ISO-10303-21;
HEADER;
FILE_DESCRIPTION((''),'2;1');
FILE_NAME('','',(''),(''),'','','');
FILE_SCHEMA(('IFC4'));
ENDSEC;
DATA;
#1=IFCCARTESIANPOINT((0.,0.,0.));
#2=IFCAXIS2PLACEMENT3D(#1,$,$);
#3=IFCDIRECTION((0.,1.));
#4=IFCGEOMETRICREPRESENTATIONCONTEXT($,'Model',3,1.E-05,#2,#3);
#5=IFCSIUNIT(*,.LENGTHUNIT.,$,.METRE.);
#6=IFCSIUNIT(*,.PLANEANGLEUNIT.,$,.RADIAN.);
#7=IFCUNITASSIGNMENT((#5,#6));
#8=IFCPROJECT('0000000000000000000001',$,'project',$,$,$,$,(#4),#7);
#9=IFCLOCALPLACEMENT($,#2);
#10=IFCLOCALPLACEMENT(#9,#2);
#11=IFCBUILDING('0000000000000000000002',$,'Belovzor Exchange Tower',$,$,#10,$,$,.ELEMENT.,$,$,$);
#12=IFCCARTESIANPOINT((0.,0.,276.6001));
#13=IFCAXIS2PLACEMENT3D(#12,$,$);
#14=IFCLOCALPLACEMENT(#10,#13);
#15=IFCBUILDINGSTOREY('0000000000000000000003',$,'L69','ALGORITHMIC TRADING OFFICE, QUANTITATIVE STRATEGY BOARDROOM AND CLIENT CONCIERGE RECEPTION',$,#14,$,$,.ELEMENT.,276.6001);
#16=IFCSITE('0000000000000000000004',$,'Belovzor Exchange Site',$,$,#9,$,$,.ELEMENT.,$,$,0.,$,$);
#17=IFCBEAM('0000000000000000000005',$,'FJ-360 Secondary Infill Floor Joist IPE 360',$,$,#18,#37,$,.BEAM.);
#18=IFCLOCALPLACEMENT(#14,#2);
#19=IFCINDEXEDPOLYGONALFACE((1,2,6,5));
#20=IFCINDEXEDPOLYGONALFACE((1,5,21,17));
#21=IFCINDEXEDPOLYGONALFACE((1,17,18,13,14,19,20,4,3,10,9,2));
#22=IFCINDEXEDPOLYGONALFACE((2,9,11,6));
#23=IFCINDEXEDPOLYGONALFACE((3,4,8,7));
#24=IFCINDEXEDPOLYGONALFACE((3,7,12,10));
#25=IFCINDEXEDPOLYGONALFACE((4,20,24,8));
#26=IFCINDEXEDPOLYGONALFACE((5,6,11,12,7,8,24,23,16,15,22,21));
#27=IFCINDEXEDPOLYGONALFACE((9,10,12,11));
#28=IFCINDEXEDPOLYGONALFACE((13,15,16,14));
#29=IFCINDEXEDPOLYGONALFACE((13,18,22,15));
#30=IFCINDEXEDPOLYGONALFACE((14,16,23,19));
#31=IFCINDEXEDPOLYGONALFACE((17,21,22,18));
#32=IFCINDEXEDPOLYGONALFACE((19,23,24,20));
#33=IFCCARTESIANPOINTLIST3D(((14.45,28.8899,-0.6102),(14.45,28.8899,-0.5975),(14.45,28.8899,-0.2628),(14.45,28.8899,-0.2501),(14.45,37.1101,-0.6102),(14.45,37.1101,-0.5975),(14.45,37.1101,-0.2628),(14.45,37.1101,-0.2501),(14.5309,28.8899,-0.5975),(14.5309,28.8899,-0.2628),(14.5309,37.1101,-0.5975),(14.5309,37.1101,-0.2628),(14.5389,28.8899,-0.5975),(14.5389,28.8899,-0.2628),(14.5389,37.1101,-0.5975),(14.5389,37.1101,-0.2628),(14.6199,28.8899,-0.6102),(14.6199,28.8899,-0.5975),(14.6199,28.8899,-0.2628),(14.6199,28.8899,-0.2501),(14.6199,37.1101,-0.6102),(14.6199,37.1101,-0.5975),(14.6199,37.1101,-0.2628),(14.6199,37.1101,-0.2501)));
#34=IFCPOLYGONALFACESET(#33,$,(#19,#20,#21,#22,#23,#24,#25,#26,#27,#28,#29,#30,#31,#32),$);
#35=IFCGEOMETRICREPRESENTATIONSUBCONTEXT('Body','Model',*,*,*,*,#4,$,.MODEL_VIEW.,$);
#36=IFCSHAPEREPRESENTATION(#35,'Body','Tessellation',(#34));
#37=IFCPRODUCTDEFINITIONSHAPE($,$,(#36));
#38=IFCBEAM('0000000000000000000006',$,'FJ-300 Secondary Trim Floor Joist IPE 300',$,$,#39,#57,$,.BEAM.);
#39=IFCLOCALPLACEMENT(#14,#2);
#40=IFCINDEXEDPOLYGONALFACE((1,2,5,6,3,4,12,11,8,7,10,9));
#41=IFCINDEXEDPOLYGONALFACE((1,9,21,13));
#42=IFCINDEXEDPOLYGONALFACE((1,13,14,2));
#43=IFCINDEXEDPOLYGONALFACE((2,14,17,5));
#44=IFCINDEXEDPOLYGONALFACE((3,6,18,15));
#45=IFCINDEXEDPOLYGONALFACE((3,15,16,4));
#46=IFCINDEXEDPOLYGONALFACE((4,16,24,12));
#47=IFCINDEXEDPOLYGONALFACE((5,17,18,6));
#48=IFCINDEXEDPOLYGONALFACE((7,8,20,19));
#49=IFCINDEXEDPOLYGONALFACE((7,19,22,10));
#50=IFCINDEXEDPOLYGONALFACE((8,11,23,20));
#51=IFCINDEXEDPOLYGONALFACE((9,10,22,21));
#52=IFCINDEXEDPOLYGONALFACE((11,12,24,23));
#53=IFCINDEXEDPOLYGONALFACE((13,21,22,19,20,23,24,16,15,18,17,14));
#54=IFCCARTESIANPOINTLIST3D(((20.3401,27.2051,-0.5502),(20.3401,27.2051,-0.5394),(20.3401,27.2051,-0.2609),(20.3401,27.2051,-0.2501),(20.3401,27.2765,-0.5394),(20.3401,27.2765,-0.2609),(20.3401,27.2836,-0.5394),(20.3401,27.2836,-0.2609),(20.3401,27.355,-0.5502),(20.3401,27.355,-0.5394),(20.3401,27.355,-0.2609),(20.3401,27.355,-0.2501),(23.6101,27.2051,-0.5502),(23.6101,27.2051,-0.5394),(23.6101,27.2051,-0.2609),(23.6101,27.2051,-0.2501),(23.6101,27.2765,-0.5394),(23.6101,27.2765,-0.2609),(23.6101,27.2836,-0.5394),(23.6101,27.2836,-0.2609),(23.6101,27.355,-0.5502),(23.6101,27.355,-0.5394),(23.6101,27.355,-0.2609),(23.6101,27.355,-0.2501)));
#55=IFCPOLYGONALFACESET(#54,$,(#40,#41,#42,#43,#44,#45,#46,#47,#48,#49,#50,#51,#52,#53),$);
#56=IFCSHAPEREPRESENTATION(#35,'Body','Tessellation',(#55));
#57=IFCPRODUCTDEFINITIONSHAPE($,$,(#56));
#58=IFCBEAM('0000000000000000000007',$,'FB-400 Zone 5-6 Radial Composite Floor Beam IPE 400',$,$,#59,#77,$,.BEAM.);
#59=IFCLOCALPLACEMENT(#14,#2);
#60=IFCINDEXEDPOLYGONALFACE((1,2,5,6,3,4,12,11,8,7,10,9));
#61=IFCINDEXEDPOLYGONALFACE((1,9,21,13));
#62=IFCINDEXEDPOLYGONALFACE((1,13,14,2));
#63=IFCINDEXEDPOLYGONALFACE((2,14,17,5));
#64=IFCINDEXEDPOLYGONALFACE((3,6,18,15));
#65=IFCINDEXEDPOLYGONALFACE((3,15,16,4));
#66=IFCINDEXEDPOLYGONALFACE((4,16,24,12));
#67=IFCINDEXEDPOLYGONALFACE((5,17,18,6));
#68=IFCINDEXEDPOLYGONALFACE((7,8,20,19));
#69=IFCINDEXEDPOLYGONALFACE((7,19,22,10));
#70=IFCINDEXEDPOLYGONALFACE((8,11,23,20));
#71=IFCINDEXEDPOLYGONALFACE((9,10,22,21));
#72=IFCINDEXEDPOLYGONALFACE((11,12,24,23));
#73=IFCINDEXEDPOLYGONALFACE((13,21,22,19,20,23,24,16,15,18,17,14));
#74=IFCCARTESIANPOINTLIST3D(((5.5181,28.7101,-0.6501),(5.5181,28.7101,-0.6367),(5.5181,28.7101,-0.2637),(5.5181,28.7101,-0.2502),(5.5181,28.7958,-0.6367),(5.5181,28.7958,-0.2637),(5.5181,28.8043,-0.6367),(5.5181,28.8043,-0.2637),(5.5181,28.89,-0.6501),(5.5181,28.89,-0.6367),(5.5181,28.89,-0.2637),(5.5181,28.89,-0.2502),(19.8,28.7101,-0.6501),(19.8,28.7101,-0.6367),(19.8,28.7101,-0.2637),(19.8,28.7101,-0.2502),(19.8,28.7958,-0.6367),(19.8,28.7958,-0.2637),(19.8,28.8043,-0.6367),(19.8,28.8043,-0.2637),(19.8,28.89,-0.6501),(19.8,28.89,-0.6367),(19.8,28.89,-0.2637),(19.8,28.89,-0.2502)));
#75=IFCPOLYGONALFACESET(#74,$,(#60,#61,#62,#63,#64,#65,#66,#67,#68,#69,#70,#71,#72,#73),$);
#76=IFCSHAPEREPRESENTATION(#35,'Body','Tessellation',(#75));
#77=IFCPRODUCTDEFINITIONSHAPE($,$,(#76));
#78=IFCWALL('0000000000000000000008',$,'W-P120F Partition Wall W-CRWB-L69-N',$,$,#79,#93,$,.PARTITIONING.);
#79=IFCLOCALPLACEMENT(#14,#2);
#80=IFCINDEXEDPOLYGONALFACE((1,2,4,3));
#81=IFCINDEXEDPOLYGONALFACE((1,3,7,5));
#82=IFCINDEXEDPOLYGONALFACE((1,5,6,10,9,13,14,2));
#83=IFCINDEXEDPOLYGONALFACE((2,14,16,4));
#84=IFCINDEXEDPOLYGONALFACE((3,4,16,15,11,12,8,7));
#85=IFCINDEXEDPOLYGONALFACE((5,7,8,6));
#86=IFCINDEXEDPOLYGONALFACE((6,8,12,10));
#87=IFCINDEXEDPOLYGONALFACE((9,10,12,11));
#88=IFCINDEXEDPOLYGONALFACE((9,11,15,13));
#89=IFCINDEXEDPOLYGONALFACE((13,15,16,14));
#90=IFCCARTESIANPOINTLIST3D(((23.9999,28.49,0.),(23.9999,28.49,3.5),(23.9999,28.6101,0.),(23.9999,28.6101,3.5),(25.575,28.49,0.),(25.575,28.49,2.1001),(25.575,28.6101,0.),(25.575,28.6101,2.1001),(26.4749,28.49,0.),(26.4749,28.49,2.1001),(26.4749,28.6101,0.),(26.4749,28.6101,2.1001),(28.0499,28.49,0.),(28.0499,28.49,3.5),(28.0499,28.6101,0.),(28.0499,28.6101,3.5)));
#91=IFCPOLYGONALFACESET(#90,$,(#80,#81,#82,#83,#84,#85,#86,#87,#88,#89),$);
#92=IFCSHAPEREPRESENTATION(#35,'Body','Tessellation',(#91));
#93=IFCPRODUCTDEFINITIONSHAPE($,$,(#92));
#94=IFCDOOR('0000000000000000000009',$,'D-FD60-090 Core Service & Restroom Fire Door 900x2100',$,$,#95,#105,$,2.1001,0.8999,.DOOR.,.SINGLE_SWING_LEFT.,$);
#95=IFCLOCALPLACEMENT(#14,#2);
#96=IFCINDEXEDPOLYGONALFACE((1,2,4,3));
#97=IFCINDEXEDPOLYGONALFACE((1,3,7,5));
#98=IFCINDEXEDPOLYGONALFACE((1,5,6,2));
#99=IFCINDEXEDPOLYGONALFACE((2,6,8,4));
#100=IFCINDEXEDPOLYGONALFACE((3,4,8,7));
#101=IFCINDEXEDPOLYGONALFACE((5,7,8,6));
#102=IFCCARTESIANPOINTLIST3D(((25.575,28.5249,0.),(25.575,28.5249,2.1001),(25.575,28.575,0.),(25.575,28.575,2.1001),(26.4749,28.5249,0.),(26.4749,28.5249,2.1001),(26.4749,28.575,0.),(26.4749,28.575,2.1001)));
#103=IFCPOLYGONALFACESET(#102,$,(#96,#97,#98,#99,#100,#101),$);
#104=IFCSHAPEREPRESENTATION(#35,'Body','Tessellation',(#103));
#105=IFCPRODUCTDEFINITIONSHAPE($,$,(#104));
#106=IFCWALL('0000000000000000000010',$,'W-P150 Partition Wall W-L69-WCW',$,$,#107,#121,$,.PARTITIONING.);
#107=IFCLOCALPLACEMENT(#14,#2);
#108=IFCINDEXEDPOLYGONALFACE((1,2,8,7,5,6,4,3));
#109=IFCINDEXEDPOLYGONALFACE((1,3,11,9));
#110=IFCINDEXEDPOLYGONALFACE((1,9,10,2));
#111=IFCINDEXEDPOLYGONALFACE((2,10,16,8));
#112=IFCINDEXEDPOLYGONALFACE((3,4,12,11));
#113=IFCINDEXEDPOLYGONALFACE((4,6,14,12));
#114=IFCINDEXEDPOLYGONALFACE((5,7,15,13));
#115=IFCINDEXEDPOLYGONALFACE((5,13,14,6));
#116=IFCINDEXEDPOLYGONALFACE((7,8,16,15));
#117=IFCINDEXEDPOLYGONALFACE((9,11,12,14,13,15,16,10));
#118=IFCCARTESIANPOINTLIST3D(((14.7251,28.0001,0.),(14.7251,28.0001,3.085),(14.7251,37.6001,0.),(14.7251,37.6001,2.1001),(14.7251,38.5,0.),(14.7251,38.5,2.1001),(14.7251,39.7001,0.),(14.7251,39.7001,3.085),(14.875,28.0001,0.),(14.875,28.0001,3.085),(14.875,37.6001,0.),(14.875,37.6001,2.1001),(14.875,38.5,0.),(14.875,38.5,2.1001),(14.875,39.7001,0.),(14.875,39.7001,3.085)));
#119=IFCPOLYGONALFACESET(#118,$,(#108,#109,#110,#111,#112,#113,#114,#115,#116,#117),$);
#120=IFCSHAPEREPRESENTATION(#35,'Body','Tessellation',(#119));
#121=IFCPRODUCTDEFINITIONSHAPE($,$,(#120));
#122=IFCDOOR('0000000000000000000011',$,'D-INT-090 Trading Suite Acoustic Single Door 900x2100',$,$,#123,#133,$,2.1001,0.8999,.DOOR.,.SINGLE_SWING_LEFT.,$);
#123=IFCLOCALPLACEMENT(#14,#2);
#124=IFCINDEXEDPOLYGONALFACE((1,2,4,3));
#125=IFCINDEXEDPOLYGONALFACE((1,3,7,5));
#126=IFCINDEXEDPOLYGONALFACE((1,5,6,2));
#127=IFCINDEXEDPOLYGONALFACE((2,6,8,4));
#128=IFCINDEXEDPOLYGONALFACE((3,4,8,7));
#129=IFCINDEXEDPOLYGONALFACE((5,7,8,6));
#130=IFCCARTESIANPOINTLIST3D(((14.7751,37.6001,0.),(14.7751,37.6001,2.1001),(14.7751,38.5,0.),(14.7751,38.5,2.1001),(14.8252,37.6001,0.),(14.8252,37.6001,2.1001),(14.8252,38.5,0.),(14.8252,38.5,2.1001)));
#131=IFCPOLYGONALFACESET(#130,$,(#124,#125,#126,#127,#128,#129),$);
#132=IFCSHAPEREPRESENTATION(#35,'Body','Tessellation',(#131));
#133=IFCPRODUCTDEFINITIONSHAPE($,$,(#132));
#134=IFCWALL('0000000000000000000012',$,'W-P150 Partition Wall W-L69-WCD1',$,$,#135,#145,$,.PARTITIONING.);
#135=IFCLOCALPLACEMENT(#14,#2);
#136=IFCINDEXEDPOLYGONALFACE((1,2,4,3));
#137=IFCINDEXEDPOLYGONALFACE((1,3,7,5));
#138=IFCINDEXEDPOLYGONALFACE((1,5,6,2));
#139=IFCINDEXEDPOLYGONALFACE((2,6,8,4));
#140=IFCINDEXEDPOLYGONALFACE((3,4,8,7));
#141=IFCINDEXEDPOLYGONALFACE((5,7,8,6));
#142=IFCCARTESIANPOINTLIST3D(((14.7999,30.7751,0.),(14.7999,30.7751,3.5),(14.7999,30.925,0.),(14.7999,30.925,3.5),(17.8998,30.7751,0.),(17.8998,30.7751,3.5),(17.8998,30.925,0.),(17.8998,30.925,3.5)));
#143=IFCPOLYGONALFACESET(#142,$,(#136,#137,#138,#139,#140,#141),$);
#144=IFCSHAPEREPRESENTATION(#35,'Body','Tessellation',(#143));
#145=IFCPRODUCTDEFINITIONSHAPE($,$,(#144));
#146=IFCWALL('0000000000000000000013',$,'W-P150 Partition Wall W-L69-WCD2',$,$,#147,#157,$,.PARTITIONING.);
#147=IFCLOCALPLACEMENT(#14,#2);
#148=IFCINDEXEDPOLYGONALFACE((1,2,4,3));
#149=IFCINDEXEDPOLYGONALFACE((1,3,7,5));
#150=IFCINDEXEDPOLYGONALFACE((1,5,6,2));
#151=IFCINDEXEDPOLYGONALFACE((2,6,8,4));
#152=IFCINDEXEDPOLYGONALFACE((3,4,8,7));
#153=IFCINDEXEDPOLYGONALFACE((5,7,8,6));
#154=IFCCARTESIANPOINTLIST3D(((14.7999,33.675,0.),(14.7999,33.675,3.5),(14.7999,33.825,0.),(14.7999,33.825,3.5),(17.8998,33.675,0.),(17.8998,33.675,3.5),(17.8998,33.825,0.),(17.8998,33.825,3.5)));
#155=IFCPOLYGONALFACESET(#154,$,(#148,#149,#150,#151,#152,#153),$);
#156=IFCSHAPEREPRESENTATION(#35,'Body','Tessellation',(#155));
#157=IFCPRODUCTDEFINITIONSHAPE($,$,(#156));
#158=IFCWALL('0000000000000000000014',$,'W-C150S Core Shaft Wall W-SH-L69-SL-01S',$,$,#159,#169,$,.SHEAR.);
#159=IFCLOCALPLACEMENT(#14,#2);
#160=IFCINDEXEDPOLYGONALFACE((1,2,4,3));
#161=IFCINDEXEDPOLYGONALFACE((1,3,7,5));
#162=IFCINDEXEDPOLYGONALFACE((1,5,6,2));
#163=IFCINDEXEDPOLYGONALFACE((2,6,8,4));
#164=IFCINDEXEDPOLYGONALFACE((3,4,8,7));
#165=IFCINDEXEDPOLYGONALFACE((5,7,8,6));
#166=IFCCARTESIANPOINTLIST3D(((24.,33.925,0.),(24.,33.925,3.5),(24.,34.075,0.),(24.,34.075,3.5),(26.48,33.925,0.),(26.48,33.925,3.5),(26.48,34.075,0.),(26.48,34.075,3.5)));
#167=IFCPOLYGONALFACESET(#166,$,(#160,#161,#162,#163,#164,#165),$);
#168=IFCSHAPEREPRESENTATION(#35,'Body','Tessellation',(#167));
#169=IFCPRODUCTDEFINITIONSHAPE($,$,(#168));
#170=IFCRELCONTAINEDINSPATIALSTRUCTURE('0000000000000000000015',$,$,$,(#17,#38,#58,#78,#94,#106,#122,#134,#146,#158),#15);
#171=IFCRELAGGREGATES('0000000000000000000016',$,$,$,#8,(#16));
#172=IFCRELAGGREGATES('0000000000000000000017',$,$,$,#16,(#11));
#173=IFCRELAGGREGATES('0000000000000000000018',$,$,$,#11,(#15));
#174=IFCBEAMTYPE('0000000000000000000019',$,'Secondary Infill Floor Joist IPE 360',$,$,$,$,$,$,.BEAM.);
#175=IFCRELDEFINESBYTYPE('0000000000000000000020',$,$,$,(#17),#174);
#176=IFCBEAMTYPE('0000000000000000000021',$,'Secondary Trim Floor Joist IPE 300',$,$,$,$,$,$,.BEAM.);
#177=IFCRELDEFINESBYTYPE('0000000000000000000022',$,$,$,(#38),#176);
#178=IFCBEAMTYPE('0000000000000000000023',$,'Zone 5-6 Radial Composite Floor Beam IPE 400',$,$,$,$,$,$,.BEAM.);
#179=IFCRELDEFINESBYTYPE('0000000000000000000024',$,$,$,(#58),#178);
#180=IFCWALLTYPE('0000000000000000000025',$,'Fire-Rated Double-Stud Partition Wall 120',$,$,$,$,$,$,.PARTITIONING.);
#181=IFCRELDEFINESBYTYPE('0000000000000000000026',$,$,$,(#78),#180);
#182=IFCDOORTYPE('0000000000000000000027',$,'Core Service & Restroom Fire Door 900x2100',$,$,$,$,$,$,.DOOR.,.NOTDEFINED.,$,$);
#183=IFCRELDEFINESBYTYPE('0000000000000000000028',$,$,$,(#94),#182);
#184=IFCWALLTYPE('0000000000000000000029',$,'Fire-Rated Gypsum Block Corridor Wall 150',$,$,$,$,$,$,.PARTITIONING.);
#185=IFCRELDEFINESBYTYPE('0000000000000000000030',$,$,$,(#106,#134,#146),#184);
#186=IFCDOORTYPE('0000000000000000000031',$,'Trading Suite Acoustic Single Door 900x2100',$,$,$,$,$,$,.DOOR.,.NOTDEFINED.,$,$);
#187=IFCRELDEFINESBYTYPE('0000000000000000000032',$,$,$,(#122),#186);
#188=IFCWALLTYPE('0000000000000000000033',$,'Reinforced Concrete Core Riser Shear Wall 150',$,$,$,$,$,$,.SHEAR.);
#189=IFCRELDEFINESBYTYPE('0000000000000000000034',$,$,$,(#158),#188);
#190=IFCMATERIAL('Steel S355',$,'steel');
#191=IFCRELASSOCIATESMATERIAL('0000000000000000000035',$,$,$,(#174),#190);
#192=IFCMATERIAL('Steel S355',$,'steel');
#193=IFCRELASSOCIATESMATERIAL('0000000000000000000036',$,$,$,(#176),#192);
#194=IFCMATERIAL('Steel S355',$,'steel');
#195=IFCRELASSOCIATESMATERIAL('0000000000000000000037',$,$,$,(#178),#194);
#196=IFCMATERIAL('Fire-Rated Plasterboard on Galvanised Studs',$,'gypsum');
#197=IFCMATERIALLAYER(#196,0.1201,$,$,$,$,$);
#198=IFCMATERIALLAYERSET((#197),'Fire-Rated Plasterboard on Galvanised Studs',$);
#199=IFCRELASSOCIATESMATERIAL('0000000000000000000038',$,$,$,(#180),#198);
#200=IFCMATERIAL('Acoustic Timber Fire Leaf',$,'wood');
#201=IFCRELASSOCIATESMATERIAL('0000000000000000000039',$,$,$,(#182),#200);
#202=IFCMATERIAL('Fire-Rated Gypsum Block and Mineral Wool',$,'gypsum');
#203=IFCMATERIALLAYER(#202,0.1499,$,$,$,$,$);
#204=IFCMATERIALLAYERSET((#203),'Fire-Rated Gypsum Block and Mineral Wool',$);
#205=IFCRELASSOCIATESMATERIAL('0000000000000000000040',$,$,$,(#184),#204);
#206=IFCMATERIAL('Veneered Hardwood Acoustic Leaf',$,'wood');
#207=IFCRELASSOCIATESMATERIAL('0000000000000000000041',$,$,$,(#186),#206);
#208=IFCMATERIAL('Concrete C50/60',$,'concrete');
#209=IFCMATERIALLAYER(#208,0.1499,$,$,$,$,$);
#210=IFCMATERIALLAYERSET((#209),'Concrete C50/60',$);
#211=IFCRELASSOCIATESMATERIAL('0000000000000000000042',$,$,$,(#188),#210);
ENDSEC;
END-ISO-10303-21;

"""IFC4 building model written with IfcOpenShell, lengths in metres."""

from ifc_helpers import new_model, si_unit, direction, frame, frame_2d, origin, origin_2d, place, context, subcontext, project, spatial, rectangle, i_section, extrude, material, layer, layer_set, material_profile, profile_set, type_object, element, fill, save


model = new_model("IFC4")

# Units and contexts
model_context = context("Model", 3, precision=1e-05, world=origin(), true_north=direction((0.0, 1.0)))
body_context = subcontext(model_context, "Body", "Model", "MODEL_VIEW")
ifc_project = project(units=[si_unit("LENGTHUNIT", "METRE"), si_unit("PLANEANGLEUNIT", "RADIAN")], contexts=[model_context])

# Site, building, storey
site_placement = place(None, origin())
site = spatial("IfcSite", under=ifc_project, at=site_placement, Name="Belovzor Exchange Site", CompositionType="ELEMENT", RefElevation=0.0)
building_placement = place(site_placement, origin())
building = spatial("IfcBuilding", under=site, at=building_placement, Name="Belovzor Exchange Tower", CompositionType="ELEMENT")
storey_placement = place(building_placement, frame((0.0, 0.0, 276.6001)))
storey = spatial("IfcBuildingStorey", under=building, at=storey_placement, Name="L69", Description="ALGORITHMIC TRADING OFFICE, QUANTITATIVE STRATEGY BOARDROOM AND CLIENT CONCIERGE RECEPTION", CompositionType="ELEMENT", Elevation=276.6001)

# Beams
ifc_material_1 = material(Name="Steel S355", Category="steel")
ifc_material_profile_1 = material_profile(ifc_material_1, i_section(OverallWidth=0.1699, OverallDepth=0.3601, WebThickness=0.0081, FlangeThickness=0.0127, at=origin_2d()))
ifc_profile_set_1 = profile_set([ifc_material_profile_1], Name="Steel S355")
beam_type_1 = type_object("IfcBeamType", Name="Secondary Infill Floor Joist IPE 360", PredefinedType="BEAM", material=ifc_profile_set_1)
beam_1_placement = place(storey_placement, frame((14.5349, 28.8899, -0.4302), z_axis=(0.0, 1.0, 0.0), x_axis=(-1.0, 0.0, 0.0)))
element("IfcBeam", 1, at=beam_1_placement, inside=storey, type_object=beam_type_1, Name="FJ-360 Secondary Infill Floor Joist IPE 360", PredefinedType="BEAM", context=body_context, shape_type="SweptSolid", body=[
    extrude(i_section(OverallWidth=0.1699, OverallDepth=0.3601, WebThickness=0.0081, FlangeThickness=0.0127, at=origin_2d()), origin(), (0.0, 0.0, 1.0), 8.2202),
])
ifc_material_2 = material(Name="Steel S355", Category="steel")
ifc_material_profile_2 = material_profile(ifc_material_2, i_section(OverallWidth=0.1499, OverallDepth=0.3, WebThickness=0.0071, FlangeThickness=0.0107, at=origin_2d()))
ifc_profile_set_2 = profile_set([ifc_material_profile_2], Name="Steel S355")
beam_type_2 = type_object("IfcBeamType", Name="Secondary Trim Floor Joist IPE 300", PredefinedType="BEAM", material=ifc_profile_set_2)
beam_2_placement = place(storey_placement, frame((20.3401, 27.28, -0.4001), z_axis=(1.0, 0.0, 0.0), x_axis=(0.0, 1.0, 0.0)))
element("IfcBeam", 2, at=beam_2_placement, inside=storey, type_object=beam_type_2, Name="FJ-300 Secondary Trim Floor Joist IPE 300", PredefinedType="BEAM", context=body_context, shape_type="SweptSolid", body=[
    extrude(i_section(OverallWidth=0.1499, OverallDepth=0.3, WebThickness=0.0071, FlangeThickness=0.0107, at=origin_2d()), origin(), (0.0, 0.0, 1.0), 3.27),
])
ifc_material_3 = material(Name="Steel S355", Category="steel")
ifc_material_profile_3 = material_profile(ifc_material_3, i_section(OverallWidth=0.1799, OverallDepth=0.3999, WebThickness=0.0085, FlangeThickness=0.0134, at=origin_2d()))
ifc_profile_set_3 = profile_set([ifc_material_profile_3], Name="Steel S355")
beam_type_3 = type_object("IfcBeamType", Name="Zone 5-6 Radial Composite Floor Beam IPE 400", PredefinedType="BEAM", material=ifc_profile_set_3)
beam_3_placement = place(storey_placement, frame((19.8, 28.8, -0.4502), z_axis=(-1.0, 0.0, 0.0), x_axis=(0.0, -1.0, 0.0)))
element("IfcBeam", 3, at=beam_3_placement, inside=storey, type_object=beam_type_3, Name="FB-400 Zone 5-6 Radial Composite Floor Beam IPE 400", PredefinedType="BEAM", context=body_context, shape_type="SweptSolid", body=[
    extrude(i_section(OverallWidth=0.1799, OverallDepth=0.3999, WebThickness=0.0085, FlangeThickness=0.0134, at=origin_2d()), origin(), (0.0, 0.0, 1.0), 14.282),
])

# Walls, openings, doors
ifc_material_4 = material(Name="Fire-Rated Plasterboard on Galvanised Studs", Category="gypsum")
ifc_layer_1 = layer(ifc_material_4, 0.1201)
ifc_layer_set_1 = layer_set([ifc_layer_1], Name="Fire-Rated Plasterboard on Galvanised Studs")
wall_type_1 = type_object("IfcWallType", Name="Fire-Rated Double-Stud Partition Wall 120", PredefinedType="PARTITIONING", material=ifc_layer_set_1)
wall_1_placement = place(storey_placement, frame((24.0, 28.55, 0.0), z_axis=(0.0, 0.0, 1.0), x_axis=(1.0, 0.0, 0.0)))
wall_1 = element("IfcWall", 4, at=wall_1_placement, inside=storey, type_object=wall_type_1, Name="W-P120F Partition Wall W-CRWB-L69-N", PredefinedType="PARTITIONING", context=body_context, shape_type="SweptSolid", body=[
    extrude(rectangle(XDim=4.05, YDim=0.1201, at=frame_2d((2.0249, 0.0))), origin(), (0.0, 0.0, 1.0), 3.5),
])
opening_1_placement = place(wall_1_placement, frame((1.575, 0.0, 0.0)))
opening_1 = element("IfcOpeningElement", 5, at=opening_1_placement, cuts=wall_1, PredefinedType="OPENING", context=body_context, shape_type="SweptSolid", body=[
    extrude(rectangle(XDim=0.8999, YDim=2.1001, at=frame_2d((0.45, 1.05))), frame((0.0, 0.0701, 0.0), z_axis=(0.0, -1.0, 0.0), x_axis=(1.0, 0.0, 0.0)), (0.0, 0.0, 1.0), 0.1401),
])
ifc_material_5 = material(Name="Acoustic Timber Fire Leaf", Category="wood")
door_type_1 = type_object("IfcDoorType", Name="Core Service & Restroom Fire Door 900x2100", OperationType="NOTDEFINED", PredefinedType="DOOR", material=ifc_material_5)
door_1_placement = place(opening_1_placement, origin())
door_1 = element("IfcDoor", 6, at=door_1_placement, inside=storey, type_object=door_type_1, Name="D-FD60-090 Core Service & Restroom Fire Door 900x2100", OperationType="SINGLE_SWING_LEFT", OverallHeight=2.1001, OverallWidth=0.8999, PredefinedType="DOOR", context=body_context, shape_type="SweptSolid", body=[
    extrude(rectangle(XDim=0.8999, YDim=2.1001, at=frame_2d((0.45, 1.05))), frame((0.0, 0.0249, 0.0), z_axis=(0.0, -1.0, 0.0), x_axis=(1.0, 0.0, 0.0)), (0.0, 0.0, 1.0), 0.05),
])
fill(opening_1, door_1)
ifc_material_6 = material(Name="Fire-Rated Gypsum Block and Mineral Wool", Category="gypsum")
ifc_layer_2 = layer(ifc_material_6, 0.1499)
ifc_layer_set_2 = layer_set([ifc_layer_2], Name="Fire-Rated Gypsum Block and Mineral Wool")
wall_type_2 = type_object("IfcWallType", Name="Fire-Rated Gypsum Block Corridor Wall 150", PredefinedType="PARTITIONING", material=ifc_layer_set_2)
wall_2_placement = place(storey_placement, frame((14.8, 28.0, 0.0), z_axis=(0.0, 0.0, 1.0), x_axis=(0.0, 1.0, 0.0)))
wall_2 = element("IfcWall", 7, at=wall_2_placement, inside=storey, type_object=wall_type_2, Name="W-P150 Partition Wall W-L69-WCW", PredefinedType="PARTITIONING", context=body_context, shape_type="SweptSolid", body=[
    extrude(rectangle(XDim=11.7, YDim=0.1499, at=frame_2d((5.8501, 0.0))), origin(), (0.0, 0.0, 1.0), 3.085),
])
opening_2_placement = place(wall_2_placement, frame((9.6001, 0.0, 0.0)))
opening_2 = element("IfcOpeningElement", 8, at=opening_2_placement, cuts=wall_2, PredefinedType="OPENING", context=body_context, shape_type="SweptSolid", body=[
    extrude(rectangle(XDim=0.8999, YDim=2.1001, at=frame_2d((0.45, 1.05))), frame((0.0, 0.085, 0.0), z_axis=(0.0, -1.0, 0.0), x_axis=(1.0, 0.0, 0.0)), (0.0, 0.0, 1.0), 0.1699),
])
ifc_material_7 = material(Name="Veneered Hardwood Acoustic Leaf", Category="wood")
door_type_2 = type_object("IfcDoorType", Name="Trading Suite Acoustic Single Door 900x2100", OperationType="NOTDEFINED", PredefinedType="DOOR", material=ifc_material_7)
door_2_placement = place(opening_2_placement, origin())
door_2 = element("IfcDoor", 9, at=door_2_placement, inside=storey, type_object=door_type_2, Name="D-INT-090 Trading Suite Acoustic Single Door 900x2100", OperationType="SINGLE_SWING_LEFT", OverallHeight=2.1001, OverallWidth=0.8999, PredefinedType="DOOR", context=body_context, shape_type="SweptSolid", body=[
    extrude(rectangle(XDim=0.8999, YDim=2.1001, at=frame_2d((0.45, 1.05))), frame((0.0, 0.0249, 0.0), z_axis=(0.0, -1.0, 0.0), x_axis=(1.0, 0.0, 0.0)), (0.0, 0.0, 1.0), 0.05),
])
fill(opening_2, door_2)

# Walls
for number, where, z_axis, x_axis, name in (
    (10, (14.8, 30.8501, 0.0), (0.0, 0.0, 1.0), (1.0, 0.0, 0.0), "W-P150 Partition Wall W-L69-WCD1"),
    (11, (14.8, 33.75, 0.0), (0.0, 0.0, 1.0), (1.0, 0.0, 0.0), "W-P150 Partition Wall W-L69-WCD2"),
):
    element("IfcWall", number, at=place(storey_placement, frame(where, z_axis=z_axis, x_axis=x_axis)), inside=storey, type_object=wall_type_2, Name=name, PredefinedType="PARTITIONING", context=body_context, shape_type="SweptSolid", body=[
        extrude(rectangle(XDim=3.0999, YDim=0.1499, at=frame_2d((1.5498, 0.0))), origin(), (0.0, 0.0, 1.0), 3.5),
    ])
ifc_material_8 = material(Name="Concrete C50/60", Category="concrete")
ifc_layer_3 = layer(ifc_material_8, 0.1499)
ifc_layer_set_3 = layer_set([ifc_layer_3], Name="Concrete C50/60")
wall_type_3 = type_object("IfcWallType", Name="Reinforced Concrete Core Riser Shear Wall 150", PredefinedType="SHEAR", material=ifc_layer_set_3)
wall_3_placement = place(storey_placement, frame((24.0, 34.0, 0.0), z_axis=(0.0, 0.0, 1.0), x_axis=(1.0, 0.0, 0.0)))
element("IfcWall", 12, at=wall_3_placement, inside=storey, type_object=wall_type_3, Name="W-C150S Core Shaft Wall W-SH-L69-SL-01S", PredefinedType="SHEAR", context=body_context, shape_type="SweptSolid", body=[
    extrude(rectangle(XDim=2.48, YDim=0.1499, at=frame_2d((1.24, 0.0))), origin(), (0.0, 0.0, 1.0), 3.5),
])

save(model, "model.ifc")
